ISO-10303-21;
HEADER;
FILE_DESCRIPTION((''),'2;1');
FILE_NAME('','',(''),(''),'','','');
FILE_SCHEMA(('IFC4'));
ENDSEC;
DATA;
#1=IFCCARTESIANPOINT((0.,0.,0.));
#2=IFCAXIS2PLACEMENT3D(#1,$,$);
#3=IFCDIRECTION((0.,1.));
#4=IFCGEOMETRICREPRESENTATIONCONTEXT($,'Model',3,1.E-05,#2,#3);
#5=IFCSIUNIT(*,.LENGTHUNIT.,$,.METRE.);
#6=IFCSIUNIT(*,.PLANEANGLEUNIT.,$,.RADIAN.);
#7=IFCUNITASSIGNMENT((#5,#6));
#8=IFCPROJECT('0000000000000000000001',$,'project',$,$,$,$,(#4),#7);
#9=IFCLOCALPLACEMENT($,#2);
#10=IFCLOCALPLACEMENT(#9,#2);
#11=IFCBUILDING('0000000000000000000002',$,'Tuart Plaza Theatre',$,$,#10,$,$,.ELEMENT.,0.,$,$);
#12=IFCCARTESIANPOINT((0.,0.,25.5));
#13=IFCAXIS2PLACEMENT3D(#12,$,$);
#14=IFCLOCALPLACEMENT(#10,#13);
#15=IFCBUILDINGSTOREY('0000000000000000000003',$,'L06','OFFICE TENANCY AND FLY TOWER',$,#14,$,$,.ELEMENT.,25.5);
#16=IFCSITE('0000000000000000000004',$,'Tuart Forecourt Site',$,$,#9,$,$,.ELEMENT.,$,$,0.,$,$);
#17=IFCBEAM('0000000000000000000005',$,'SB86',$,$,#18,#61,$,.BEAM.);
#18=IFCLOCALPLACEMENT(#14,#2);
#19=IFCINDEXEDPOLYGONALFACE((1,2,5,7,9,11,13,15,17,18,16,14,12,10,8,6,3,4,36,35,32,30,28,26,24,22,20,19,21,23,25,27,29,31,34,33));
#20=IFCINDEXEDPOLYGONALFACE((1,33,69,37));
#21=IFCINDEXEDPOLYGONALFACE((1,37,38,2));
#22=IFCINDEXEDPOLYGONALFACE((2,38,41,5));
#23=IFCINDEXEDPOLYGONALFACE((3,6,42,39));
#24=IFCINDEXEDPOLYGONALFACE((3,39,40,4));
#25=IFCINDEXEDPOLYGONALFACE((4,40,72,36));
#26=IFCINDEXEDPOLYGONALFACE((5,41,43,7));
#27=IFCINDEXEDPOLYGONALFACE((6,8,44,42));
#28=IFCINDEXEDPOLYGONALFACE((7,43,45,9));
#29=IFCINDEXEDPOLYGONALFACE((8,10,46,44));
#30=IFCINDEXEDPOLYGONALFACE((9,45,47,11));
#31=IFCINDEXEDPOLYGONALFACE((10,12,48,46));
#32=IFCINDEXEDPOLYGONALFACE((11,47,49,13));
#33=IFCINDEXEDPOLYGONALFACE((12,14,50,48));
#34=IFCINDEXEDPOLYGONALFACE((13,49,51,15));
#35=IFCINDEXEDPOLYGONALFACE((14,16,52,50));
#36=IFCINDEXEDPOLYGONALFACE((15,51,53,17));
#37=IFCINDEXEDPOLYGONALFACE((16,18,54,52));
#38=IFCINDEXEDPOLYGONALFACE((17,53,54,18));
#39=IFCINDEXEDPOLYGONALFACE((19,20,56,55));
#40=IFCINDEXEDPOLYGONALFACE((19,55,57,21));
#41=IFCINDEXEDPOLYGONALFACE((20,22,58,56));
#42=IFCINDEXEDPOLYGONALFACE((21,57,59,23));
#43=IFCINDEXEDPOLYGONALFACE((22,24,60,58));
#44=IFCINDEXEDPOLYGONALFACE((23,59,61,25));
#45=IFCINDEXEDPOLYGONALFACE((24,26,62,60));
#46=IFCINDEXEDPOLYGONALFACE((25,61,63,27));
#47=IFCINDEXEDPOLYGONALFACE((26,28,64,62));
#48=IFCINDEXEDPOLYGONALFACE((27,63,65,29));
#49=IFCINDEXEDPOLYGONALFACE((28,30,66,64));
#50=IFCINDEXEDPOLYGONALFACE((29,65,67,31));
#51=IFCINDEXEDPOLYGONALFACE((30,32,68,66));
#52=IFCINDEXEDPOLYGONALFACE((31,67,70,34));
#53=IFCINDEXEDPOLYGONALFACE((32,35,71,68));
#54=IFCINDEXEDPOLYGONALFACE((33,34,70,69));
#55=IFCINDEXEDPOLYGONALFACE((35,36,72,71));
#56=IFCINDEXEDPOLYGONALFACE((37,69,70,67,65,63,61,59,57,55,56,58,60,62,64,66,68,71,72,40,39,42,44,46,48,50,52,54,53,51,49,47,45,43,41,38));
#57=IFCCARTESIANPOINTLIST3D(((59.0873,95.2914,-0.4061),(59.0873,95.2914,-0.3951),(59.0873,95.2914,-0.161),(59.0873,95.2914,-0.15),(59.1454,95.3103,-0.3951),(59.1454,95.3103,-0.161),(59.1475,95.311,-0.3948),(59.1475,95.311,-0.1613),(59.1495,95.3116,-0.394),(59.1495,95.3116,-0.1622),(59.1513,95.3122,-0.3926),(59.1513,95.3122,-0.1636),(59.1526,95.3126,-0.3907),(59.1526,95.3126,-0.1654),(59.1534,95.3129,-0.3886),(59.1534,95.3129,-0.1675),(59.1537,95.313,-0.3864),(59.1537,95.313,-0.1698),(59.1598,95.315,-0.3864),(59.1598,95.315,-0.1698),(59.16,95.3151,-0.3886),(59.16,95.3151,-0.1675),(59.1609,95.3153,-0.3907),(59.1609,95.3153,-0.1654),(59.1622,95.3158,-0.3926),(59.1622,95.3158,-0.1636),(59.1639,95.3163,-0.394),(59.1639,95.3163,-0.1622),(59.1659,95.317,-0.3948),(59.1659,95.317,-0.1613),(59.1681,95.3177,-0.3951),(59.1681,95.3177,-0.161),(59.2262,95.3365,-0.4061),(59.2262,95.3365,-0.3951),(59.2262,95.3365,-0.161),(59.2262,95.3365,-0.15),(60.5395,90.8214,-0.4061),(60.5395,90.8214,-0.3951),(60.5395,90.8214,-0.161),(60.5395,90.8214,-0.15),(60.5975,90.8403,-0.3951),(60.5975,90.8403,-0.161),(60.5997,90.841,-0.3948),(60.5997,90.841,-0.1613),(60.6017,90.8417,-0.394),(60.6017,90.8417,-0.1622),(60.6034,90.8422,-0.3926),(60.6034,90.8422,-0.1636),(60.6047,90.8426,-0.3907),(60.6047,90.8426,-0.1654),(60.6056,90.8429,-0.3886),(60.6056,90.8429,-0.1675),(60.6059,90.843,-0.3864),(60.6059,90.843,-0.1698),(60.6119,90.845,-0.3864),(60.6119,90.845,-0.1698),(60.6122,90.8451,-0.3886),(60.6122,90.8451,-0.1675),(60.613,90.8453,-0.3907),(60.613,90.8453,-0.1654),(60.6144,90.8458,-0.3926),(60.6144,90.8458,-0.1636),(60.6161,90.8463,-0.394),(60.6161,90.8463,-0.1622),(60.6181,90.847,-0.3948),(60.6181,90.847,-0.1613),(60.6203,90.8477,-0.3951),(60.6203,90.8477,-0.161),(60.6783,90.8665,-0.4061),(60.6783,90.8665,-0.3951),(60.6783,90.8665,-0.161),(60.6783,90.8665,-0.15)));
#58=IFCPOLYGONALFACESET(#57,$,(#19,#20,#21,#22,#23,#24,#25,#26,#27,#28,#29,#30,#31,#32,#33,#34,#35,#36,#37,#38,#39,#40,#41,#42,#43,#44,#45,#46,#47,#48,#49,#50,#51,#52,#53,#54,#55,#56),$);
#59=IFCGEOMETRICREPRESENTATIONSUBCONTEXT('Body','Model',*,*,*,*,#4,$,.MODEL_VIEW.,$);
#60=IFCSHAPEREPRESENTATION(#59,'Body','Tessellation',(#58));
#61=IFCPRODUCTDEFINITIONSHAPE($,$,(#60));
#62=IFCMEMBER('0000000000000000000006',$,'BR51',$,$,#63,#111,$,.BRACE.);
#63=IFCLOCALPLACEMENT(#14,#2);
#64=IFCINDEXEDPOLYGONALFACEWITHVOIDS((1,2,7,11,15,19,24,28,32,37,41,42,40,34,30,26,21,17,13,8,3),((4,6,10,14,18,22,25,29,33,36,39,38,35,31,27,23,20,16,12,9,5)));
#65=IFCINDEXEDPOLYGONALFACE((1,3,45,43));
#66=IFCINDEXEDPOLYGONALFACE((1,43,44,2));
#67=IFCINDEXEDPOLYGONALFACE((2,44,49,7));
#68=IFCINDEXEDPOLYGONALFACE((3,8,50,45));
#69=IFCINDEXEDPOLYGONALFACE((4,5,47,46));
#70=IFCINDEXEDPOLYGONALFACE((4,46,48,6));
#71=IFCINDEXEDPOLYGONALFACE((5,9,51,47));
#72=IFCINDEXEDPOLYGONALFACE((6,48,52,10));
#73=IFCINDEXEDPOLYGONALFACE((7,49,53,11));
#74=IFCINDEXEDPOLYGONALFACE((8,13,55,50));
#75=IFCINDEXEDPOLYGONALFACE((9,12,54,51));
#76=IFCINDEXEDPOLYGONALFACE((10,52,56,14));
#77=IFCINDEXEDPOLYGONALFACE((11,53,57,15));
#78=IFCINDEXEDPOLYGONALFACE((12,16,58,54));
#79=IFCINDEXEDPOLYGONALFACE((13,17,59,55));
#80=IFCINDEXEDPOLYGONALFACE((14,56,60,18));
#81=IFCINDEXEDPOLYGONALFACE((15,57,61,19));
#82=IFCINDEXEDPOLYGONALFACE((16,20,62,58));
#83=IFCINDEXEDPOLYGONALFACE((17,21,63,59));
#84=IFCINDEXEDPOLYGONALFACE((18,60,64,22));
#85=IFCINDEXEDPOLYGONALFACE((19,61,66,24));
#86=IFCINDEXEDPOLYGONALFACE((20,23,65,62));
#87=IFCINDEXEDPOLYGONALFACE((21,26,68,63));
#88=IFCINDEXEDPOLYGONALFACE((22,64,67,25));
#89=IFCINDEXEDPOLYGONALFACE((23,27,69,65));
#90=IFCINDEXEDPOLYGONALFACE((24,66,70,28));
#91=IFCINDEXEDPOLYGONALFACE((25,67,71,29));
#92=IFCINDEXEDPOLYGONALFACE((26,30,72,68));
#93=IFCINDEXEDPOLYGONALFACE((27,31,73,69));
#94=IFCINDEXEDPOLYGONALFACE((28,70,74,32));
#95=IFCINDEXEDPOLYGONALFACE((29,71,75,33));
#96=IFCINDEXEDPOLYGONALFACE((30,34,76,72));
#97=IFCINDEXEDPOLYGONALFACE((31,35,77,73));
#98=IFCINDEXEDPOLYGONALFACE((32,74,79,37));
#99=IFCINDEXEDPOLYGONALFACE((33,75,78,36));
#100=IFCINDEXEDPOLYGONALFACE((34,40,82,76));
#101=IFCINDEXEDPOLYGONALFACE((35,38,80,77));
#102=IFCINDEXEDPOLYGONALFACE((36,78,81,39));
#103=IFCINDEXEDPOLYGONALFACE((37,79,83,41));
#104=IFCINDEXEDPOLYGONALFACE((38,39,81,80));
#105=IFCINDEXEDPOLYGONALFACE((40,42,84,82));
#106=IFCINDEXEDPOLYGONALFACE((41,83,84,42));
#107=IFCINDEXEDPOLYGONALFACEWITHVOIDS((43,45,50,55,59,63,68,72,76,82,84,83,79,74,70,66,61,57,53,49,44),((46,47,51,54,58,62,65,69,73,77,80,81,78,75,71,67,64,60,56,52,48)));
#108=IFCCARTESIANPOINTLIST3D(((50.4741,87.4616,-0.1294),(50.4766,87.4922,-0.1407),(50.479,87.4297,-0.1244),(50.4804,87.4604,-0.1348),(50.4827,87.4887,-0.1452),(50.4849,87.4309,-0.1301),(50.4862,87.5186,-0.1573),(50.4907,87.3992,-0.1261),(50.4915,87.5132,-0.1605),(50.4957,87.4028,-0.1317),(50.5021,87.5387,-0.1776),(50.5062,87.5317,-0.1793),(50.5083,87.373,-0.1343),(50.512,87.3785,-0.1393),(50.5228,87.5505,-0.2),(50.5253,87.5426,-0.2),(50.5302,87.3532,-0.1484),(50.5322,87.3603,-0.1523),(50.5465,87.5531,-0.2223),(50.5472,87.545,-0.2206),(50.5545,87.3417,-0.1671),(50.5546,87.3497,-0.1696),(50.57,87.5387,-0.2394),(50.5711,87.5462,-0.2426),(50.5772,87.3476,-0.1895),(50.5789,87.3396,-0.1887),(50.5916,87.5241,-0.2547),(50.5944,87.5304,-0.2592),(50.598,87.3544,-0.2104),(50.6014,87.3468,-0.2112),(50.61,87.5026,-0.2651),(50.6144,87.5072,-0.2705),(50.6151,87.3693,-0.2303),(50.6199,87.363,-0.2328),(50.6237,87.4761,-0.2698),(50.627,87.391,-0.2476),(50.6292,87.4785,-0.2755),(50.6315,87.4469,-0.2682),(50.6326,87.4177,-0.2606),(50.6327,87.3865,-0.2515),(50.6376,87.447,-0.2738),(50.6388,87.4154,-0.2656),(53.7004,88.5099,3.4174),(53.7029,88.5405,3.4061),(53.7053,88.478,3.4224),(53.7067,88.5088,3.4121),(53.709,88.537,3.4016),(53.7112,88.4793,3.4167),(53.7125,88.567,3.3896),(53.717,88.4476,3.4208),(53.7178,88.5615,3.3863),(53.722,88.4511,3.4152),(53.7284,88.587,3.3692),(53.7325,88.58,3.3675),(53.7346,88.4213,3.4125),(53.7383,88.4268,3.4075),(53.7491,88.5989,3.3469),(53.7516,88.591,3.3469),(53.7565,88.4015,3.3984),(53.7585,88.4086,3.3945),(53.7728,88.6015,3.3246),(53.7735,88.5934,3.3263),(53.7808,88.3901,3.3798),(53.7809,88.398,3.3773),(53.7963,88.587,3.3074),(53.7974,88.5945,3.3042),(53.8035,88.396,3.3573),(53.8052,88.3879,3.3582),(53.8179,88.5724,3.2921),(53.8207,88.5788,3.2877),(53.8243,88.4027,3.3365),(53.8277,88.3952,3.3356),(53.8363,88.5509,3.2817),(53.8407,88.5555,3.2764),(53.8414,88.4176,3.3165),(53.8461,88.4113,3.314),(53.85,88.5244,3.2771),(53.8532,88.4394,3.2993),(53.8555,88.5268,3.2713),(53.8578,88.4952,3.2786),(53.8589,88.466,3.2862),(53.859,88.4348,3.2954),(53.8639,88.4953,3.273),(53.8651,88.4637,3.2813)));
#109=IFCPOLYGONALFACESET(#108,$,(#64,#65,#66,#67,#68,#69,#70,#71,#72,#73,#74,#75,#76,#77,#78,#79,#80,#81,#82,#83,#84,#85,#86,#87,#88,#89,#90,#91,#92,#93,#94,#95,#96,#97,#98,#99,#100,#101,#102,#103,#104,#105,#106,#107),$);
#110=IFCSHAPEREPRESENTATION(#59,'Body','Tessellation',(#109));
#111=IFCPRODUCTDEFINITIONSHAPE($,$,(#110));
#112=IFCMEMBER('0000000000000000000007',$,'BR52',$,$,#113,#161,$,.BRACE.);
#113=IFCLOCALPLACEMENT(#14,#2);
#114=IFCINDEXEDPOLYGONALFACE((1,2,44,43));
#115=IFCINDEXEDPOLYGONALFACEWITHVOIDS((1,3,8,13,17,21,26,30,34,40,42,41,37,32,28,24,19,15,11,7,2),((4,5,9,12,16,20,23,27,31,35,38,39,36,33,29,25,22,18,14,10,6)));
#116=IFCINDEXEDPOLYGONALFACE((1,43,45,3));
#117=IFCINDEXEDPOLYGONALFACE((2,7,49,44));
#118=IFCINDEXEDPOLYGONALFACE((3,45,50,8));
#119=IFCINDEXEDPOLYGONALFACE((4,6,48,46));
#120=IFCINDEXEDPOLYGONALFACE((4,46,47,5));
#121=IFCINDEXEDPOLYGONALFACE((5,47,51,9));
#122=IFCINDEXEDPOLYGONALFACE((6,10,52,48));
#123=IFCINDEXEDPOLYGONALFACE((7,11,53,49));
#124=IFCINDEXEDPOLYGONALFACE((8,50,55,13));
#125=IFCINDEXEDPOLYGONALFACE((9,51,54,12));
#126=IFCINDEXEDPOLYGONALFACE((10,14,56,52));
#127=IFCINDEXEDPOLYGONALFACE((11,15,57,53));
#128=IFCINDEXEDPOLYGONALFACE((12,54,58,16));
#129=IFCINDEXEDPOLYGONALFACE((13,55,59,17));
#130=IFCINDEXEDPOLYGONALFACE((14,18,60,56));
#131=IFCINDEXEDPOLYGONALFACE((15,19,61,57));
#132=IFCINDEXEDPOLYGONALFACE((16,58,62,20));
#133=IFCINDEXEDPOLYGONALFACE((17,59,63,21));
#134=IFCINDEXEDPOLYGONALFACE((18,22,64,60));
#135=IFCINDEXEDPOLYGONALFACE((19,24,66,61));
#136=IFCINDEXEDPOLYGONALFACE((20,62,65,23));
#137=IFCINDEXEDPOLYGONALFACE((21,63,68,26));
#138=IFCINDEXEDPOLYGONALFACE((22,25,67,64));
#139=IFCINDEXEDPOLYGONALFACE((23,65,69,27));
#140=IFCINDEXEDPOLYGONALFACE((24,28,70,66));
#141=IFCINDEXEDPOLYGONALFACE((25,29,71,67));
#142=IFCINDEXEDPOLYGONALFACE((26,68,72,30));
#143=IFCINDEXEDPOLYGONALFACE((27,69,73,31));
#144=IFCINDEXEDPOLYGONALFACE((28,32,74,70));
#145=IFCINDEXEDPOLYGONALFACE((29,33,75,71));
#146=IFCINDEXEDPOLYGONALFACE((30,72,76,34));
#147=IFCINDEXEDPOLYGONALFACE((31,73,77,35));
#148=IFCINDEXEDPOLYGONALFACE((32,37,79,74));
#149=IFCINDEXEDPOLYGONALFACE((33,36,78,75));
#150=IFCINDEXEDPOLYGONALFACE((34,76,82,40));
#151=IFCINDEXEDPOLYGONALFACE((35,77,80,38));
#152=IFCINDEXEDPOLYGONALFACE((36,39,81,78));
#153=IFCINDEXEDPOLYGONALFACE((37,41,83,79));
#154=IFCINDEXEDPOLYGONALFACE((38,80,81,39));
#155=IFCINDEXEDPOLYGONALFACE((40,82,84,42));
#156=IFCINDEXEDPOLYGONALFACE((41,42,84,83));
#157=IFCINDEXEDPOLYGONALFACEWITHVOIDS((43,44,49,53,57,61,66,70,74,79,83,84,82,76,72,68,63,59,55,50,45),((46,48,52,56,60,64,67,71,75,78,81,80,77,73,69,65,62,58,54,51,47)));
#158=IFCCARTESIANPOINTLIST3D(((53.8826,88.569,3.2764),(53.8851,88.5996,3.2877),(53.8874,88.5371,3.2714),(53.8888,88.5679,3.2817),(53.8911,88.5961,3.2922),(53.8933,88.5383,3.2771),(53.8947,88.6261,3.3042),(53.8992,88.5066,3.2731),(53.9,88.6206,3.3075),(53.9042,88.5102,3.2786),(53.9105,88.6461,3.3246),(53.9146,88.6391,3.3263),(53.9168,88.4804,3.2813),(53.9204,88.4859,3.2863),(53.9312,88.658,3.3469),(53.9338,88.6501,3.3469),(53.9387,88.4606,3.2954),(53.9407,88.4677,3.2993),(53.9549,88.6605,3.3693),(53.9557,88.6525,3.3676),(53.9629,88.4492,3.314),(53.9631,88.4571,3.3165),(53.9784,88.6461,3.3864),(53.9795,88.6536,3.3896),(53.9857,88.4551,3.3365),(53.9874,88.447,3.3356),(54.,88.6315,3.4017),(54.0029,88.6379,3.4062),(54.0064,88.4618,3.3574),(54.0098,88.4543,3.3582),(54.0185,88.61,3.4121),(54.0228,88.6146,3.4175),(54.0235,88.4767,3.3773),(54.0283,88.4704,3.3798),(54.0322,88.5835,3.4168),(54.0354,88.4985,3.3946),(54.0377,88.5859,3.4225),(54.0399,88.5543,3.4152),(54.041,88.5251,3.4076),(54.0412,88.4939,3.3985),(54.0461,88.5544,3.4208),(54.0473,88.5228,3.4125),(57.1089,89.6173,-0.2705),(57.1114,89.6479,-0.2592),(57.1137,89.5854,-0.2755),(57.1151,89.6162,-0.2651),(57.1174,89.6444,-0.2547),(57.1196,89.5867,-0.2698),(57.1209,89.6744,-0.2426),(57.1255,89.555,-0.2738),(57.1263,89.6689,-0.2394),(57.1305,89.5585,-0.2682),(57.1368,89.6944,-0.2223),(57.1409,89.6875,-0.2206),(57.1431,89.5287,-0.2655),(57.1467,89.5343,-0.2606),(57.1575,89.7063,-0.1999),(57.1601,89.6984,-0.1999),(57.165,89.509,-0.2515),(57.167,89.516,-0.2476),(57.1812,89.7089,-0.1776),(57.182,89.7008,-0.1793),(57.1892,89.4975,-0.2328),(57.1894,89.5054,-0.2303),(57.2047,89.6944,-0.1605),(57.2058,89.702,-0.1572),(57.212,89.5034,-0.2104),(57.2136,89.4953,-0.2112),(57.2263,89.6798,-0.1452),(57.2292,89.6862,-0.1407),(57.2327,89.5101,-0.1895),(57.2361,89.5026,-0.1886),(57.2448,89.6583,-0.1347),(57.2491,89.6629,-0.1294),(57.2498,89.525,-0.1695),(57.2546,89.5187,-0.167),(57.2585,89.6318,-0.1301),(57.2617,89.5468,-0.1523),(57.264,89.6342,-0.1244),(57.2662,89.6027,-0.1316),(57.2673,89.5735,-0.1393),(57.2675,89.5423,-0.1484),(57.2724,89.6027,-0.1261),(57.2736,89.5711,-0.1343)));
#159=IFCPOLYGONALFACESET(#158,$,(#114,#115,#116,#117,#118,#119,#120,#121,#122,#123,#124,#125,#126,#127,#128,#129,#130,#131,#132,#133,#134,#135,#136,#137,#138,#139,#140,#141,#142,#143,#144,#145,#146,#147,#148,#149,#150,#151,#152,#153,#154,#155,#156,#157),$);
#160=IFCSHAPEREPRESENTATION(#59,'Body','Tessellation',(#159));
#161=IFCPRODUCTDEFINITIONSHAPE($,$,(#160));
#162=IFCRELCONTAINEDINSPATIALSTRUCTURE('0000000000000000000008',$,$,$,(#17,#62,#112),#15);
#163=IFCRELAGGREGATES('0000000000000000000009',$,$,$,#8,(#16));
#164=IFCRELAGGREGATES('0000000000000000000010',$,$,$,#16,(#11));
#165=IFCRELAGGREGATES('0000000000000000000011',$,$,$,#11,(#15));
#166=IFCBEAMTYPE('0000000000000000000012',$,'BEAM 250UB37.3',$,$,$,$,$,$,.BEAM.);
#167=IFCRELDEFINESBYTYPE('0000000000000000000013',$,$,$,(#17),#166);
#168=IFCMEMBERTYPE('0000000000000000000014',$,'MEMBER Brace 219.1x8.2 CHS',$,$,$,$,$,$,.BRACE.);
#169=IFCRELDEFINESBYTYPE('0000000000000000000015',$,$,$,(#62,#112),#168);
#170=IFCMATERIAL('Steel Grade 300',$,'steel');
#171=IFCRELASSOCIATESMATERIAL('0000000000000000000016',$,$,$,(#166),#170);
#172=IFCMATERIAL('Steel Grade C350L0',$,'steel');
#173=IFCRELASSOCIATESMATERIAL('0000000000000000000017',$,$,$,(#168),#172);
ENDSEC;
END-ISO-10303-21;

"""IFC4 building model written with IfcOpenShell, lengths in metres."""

from ifc_helpers import new_model, si_unit, direction, frame, origin, origin_2d, place, context, subcontext, project, spatial, hollow_circle, i_section, extrude, material, material_profile, profile_set, type_object, element, save


model = new_model("IFC4")

# Units and contexts
model_context = context("Model", 3, precision=1e-05, world=origin(), true_north=direction((0.0, 1.0)))
body_context = subcontext(model_context, "Body", "Model", "MODEL_VIEW")
ifc_project = project(units=[si_unit("LENGTHUNIT", "METRE"), si_unit("PLANEANGLEUNIT", "RADIAN")], contexts=[model_context])

# Site, building, storey
site_placement = place(None, origin())
site = spatial("IfcSite", under=ifc_project, at=site_placement, Name="Tuart Forecourt Site", CompositionType="ELEMENT", RefElevation=0.0)
building_placement = place(site_placement, origin())
building = spatial("IfcBuilding", under=site, at=building_placement, Name="Tuart Plaza Theatre", CompositionType="ELEMENT", ElevationOfRefHeight=0.0)
storey_placement = place(building_placement, frame((0.0, 0.0, 25.5)))
storey = spatial("IfcBuildingStorey", under=building, at=storey_placement, Name="L06", Description="OFFICE TENANCY AND FLY TOWER", CompositionType="ELEMENT", Elevation=25.5)

# Beam
ifc_material_1 = material(Name="Steel Grade 300", Category="steel")
ifc_material_profile_1 = material_profile(ifc_material_1, i_section(OverallWidth=0.146, OverallDepth=0.2561, WebThickness=0.0063, FlangeThickness=0.011, FilletRadius=0.0088, at=origin_2d()), Name="250UB37.3")
ifc_profile_set_1 = profile_set([ifc_material_profile_1], Name="Steel Grade 300")
beam_type = type_object("IfcBeamType", Name="BEAM 250UB37.3", PredefinedType="BEAM", material=ifc_profile_set_1)
beam_placement = place(storey_placement, frame((60.6089, 90.844, -0.2781), z_axis=(-0.308972, 0.951071, 0.0), x_axis=(-0.951071, -0.308972, 0.0)))
element("IfcBeam", 1, at=beam_placement, inside=storey, type_object=beam_type, Name="SB86", PredefinedType="BEAM", context=body_context, shape_type="SweptSolid", body=[
    extrude(i_section(OverallWidth=0.146, OverallDepth=0.2561, WebThickness=0.0063, FlangeThickness=0.011, FilletRadius=0.0088, at=origin_2d()), origin(), (0.0, 0.0, 1.0), 4.7),
])

# Members
ifc_material_2 = material(Name="Steel Grade C350L0", Category="steel")
ifc_material_profile_2 = material_profile(ifc_material_2, hollow_circle(Radius=0.1096, WallThickness=0.0083, at=origin_2d()), Name="219.1x8.2 CHS")
ifc_profile_set_2 = profile_set([ifc_material_profile_2], Name="Steel Grade C350L0")
member_type_1 = type_object("IfcMemberType", Name="MEMBER Brace 219.1x8.2 CHS", PredefinedType="BRACE", material=ifc_profile_set_2)
for number, where, z_axis, x_axis, name in (
    (2, (50.5566, 87.4463, -0.2), (0.657359, 0.213598, 0.722672), (-0.309029, 0.951053, 0.0), "BR51"),
    (3, (53.9651, 88.5537, 3.3469), (0.657359, 0.213598, -0.722672), (-0.309029, 0.951053, 0.0), "BR52"),
):
    element("IfcMember", number, at=place(storey_placement, frame(where, z_axis=z_axis, x_axis=x_axis)), inside=storey, type_object=member_type_1, Name=name, PredefinedType="BRACE", context=body_context, shape_type="SweptSolid", body=[
        extrude(hollow_circle(Radius=0.1096, WallThickness=0.0083, at=origin_2d()), origin(), (0.0, 0.0, 1.0), 4.908),
    ])

save(model, "model.ifc")
